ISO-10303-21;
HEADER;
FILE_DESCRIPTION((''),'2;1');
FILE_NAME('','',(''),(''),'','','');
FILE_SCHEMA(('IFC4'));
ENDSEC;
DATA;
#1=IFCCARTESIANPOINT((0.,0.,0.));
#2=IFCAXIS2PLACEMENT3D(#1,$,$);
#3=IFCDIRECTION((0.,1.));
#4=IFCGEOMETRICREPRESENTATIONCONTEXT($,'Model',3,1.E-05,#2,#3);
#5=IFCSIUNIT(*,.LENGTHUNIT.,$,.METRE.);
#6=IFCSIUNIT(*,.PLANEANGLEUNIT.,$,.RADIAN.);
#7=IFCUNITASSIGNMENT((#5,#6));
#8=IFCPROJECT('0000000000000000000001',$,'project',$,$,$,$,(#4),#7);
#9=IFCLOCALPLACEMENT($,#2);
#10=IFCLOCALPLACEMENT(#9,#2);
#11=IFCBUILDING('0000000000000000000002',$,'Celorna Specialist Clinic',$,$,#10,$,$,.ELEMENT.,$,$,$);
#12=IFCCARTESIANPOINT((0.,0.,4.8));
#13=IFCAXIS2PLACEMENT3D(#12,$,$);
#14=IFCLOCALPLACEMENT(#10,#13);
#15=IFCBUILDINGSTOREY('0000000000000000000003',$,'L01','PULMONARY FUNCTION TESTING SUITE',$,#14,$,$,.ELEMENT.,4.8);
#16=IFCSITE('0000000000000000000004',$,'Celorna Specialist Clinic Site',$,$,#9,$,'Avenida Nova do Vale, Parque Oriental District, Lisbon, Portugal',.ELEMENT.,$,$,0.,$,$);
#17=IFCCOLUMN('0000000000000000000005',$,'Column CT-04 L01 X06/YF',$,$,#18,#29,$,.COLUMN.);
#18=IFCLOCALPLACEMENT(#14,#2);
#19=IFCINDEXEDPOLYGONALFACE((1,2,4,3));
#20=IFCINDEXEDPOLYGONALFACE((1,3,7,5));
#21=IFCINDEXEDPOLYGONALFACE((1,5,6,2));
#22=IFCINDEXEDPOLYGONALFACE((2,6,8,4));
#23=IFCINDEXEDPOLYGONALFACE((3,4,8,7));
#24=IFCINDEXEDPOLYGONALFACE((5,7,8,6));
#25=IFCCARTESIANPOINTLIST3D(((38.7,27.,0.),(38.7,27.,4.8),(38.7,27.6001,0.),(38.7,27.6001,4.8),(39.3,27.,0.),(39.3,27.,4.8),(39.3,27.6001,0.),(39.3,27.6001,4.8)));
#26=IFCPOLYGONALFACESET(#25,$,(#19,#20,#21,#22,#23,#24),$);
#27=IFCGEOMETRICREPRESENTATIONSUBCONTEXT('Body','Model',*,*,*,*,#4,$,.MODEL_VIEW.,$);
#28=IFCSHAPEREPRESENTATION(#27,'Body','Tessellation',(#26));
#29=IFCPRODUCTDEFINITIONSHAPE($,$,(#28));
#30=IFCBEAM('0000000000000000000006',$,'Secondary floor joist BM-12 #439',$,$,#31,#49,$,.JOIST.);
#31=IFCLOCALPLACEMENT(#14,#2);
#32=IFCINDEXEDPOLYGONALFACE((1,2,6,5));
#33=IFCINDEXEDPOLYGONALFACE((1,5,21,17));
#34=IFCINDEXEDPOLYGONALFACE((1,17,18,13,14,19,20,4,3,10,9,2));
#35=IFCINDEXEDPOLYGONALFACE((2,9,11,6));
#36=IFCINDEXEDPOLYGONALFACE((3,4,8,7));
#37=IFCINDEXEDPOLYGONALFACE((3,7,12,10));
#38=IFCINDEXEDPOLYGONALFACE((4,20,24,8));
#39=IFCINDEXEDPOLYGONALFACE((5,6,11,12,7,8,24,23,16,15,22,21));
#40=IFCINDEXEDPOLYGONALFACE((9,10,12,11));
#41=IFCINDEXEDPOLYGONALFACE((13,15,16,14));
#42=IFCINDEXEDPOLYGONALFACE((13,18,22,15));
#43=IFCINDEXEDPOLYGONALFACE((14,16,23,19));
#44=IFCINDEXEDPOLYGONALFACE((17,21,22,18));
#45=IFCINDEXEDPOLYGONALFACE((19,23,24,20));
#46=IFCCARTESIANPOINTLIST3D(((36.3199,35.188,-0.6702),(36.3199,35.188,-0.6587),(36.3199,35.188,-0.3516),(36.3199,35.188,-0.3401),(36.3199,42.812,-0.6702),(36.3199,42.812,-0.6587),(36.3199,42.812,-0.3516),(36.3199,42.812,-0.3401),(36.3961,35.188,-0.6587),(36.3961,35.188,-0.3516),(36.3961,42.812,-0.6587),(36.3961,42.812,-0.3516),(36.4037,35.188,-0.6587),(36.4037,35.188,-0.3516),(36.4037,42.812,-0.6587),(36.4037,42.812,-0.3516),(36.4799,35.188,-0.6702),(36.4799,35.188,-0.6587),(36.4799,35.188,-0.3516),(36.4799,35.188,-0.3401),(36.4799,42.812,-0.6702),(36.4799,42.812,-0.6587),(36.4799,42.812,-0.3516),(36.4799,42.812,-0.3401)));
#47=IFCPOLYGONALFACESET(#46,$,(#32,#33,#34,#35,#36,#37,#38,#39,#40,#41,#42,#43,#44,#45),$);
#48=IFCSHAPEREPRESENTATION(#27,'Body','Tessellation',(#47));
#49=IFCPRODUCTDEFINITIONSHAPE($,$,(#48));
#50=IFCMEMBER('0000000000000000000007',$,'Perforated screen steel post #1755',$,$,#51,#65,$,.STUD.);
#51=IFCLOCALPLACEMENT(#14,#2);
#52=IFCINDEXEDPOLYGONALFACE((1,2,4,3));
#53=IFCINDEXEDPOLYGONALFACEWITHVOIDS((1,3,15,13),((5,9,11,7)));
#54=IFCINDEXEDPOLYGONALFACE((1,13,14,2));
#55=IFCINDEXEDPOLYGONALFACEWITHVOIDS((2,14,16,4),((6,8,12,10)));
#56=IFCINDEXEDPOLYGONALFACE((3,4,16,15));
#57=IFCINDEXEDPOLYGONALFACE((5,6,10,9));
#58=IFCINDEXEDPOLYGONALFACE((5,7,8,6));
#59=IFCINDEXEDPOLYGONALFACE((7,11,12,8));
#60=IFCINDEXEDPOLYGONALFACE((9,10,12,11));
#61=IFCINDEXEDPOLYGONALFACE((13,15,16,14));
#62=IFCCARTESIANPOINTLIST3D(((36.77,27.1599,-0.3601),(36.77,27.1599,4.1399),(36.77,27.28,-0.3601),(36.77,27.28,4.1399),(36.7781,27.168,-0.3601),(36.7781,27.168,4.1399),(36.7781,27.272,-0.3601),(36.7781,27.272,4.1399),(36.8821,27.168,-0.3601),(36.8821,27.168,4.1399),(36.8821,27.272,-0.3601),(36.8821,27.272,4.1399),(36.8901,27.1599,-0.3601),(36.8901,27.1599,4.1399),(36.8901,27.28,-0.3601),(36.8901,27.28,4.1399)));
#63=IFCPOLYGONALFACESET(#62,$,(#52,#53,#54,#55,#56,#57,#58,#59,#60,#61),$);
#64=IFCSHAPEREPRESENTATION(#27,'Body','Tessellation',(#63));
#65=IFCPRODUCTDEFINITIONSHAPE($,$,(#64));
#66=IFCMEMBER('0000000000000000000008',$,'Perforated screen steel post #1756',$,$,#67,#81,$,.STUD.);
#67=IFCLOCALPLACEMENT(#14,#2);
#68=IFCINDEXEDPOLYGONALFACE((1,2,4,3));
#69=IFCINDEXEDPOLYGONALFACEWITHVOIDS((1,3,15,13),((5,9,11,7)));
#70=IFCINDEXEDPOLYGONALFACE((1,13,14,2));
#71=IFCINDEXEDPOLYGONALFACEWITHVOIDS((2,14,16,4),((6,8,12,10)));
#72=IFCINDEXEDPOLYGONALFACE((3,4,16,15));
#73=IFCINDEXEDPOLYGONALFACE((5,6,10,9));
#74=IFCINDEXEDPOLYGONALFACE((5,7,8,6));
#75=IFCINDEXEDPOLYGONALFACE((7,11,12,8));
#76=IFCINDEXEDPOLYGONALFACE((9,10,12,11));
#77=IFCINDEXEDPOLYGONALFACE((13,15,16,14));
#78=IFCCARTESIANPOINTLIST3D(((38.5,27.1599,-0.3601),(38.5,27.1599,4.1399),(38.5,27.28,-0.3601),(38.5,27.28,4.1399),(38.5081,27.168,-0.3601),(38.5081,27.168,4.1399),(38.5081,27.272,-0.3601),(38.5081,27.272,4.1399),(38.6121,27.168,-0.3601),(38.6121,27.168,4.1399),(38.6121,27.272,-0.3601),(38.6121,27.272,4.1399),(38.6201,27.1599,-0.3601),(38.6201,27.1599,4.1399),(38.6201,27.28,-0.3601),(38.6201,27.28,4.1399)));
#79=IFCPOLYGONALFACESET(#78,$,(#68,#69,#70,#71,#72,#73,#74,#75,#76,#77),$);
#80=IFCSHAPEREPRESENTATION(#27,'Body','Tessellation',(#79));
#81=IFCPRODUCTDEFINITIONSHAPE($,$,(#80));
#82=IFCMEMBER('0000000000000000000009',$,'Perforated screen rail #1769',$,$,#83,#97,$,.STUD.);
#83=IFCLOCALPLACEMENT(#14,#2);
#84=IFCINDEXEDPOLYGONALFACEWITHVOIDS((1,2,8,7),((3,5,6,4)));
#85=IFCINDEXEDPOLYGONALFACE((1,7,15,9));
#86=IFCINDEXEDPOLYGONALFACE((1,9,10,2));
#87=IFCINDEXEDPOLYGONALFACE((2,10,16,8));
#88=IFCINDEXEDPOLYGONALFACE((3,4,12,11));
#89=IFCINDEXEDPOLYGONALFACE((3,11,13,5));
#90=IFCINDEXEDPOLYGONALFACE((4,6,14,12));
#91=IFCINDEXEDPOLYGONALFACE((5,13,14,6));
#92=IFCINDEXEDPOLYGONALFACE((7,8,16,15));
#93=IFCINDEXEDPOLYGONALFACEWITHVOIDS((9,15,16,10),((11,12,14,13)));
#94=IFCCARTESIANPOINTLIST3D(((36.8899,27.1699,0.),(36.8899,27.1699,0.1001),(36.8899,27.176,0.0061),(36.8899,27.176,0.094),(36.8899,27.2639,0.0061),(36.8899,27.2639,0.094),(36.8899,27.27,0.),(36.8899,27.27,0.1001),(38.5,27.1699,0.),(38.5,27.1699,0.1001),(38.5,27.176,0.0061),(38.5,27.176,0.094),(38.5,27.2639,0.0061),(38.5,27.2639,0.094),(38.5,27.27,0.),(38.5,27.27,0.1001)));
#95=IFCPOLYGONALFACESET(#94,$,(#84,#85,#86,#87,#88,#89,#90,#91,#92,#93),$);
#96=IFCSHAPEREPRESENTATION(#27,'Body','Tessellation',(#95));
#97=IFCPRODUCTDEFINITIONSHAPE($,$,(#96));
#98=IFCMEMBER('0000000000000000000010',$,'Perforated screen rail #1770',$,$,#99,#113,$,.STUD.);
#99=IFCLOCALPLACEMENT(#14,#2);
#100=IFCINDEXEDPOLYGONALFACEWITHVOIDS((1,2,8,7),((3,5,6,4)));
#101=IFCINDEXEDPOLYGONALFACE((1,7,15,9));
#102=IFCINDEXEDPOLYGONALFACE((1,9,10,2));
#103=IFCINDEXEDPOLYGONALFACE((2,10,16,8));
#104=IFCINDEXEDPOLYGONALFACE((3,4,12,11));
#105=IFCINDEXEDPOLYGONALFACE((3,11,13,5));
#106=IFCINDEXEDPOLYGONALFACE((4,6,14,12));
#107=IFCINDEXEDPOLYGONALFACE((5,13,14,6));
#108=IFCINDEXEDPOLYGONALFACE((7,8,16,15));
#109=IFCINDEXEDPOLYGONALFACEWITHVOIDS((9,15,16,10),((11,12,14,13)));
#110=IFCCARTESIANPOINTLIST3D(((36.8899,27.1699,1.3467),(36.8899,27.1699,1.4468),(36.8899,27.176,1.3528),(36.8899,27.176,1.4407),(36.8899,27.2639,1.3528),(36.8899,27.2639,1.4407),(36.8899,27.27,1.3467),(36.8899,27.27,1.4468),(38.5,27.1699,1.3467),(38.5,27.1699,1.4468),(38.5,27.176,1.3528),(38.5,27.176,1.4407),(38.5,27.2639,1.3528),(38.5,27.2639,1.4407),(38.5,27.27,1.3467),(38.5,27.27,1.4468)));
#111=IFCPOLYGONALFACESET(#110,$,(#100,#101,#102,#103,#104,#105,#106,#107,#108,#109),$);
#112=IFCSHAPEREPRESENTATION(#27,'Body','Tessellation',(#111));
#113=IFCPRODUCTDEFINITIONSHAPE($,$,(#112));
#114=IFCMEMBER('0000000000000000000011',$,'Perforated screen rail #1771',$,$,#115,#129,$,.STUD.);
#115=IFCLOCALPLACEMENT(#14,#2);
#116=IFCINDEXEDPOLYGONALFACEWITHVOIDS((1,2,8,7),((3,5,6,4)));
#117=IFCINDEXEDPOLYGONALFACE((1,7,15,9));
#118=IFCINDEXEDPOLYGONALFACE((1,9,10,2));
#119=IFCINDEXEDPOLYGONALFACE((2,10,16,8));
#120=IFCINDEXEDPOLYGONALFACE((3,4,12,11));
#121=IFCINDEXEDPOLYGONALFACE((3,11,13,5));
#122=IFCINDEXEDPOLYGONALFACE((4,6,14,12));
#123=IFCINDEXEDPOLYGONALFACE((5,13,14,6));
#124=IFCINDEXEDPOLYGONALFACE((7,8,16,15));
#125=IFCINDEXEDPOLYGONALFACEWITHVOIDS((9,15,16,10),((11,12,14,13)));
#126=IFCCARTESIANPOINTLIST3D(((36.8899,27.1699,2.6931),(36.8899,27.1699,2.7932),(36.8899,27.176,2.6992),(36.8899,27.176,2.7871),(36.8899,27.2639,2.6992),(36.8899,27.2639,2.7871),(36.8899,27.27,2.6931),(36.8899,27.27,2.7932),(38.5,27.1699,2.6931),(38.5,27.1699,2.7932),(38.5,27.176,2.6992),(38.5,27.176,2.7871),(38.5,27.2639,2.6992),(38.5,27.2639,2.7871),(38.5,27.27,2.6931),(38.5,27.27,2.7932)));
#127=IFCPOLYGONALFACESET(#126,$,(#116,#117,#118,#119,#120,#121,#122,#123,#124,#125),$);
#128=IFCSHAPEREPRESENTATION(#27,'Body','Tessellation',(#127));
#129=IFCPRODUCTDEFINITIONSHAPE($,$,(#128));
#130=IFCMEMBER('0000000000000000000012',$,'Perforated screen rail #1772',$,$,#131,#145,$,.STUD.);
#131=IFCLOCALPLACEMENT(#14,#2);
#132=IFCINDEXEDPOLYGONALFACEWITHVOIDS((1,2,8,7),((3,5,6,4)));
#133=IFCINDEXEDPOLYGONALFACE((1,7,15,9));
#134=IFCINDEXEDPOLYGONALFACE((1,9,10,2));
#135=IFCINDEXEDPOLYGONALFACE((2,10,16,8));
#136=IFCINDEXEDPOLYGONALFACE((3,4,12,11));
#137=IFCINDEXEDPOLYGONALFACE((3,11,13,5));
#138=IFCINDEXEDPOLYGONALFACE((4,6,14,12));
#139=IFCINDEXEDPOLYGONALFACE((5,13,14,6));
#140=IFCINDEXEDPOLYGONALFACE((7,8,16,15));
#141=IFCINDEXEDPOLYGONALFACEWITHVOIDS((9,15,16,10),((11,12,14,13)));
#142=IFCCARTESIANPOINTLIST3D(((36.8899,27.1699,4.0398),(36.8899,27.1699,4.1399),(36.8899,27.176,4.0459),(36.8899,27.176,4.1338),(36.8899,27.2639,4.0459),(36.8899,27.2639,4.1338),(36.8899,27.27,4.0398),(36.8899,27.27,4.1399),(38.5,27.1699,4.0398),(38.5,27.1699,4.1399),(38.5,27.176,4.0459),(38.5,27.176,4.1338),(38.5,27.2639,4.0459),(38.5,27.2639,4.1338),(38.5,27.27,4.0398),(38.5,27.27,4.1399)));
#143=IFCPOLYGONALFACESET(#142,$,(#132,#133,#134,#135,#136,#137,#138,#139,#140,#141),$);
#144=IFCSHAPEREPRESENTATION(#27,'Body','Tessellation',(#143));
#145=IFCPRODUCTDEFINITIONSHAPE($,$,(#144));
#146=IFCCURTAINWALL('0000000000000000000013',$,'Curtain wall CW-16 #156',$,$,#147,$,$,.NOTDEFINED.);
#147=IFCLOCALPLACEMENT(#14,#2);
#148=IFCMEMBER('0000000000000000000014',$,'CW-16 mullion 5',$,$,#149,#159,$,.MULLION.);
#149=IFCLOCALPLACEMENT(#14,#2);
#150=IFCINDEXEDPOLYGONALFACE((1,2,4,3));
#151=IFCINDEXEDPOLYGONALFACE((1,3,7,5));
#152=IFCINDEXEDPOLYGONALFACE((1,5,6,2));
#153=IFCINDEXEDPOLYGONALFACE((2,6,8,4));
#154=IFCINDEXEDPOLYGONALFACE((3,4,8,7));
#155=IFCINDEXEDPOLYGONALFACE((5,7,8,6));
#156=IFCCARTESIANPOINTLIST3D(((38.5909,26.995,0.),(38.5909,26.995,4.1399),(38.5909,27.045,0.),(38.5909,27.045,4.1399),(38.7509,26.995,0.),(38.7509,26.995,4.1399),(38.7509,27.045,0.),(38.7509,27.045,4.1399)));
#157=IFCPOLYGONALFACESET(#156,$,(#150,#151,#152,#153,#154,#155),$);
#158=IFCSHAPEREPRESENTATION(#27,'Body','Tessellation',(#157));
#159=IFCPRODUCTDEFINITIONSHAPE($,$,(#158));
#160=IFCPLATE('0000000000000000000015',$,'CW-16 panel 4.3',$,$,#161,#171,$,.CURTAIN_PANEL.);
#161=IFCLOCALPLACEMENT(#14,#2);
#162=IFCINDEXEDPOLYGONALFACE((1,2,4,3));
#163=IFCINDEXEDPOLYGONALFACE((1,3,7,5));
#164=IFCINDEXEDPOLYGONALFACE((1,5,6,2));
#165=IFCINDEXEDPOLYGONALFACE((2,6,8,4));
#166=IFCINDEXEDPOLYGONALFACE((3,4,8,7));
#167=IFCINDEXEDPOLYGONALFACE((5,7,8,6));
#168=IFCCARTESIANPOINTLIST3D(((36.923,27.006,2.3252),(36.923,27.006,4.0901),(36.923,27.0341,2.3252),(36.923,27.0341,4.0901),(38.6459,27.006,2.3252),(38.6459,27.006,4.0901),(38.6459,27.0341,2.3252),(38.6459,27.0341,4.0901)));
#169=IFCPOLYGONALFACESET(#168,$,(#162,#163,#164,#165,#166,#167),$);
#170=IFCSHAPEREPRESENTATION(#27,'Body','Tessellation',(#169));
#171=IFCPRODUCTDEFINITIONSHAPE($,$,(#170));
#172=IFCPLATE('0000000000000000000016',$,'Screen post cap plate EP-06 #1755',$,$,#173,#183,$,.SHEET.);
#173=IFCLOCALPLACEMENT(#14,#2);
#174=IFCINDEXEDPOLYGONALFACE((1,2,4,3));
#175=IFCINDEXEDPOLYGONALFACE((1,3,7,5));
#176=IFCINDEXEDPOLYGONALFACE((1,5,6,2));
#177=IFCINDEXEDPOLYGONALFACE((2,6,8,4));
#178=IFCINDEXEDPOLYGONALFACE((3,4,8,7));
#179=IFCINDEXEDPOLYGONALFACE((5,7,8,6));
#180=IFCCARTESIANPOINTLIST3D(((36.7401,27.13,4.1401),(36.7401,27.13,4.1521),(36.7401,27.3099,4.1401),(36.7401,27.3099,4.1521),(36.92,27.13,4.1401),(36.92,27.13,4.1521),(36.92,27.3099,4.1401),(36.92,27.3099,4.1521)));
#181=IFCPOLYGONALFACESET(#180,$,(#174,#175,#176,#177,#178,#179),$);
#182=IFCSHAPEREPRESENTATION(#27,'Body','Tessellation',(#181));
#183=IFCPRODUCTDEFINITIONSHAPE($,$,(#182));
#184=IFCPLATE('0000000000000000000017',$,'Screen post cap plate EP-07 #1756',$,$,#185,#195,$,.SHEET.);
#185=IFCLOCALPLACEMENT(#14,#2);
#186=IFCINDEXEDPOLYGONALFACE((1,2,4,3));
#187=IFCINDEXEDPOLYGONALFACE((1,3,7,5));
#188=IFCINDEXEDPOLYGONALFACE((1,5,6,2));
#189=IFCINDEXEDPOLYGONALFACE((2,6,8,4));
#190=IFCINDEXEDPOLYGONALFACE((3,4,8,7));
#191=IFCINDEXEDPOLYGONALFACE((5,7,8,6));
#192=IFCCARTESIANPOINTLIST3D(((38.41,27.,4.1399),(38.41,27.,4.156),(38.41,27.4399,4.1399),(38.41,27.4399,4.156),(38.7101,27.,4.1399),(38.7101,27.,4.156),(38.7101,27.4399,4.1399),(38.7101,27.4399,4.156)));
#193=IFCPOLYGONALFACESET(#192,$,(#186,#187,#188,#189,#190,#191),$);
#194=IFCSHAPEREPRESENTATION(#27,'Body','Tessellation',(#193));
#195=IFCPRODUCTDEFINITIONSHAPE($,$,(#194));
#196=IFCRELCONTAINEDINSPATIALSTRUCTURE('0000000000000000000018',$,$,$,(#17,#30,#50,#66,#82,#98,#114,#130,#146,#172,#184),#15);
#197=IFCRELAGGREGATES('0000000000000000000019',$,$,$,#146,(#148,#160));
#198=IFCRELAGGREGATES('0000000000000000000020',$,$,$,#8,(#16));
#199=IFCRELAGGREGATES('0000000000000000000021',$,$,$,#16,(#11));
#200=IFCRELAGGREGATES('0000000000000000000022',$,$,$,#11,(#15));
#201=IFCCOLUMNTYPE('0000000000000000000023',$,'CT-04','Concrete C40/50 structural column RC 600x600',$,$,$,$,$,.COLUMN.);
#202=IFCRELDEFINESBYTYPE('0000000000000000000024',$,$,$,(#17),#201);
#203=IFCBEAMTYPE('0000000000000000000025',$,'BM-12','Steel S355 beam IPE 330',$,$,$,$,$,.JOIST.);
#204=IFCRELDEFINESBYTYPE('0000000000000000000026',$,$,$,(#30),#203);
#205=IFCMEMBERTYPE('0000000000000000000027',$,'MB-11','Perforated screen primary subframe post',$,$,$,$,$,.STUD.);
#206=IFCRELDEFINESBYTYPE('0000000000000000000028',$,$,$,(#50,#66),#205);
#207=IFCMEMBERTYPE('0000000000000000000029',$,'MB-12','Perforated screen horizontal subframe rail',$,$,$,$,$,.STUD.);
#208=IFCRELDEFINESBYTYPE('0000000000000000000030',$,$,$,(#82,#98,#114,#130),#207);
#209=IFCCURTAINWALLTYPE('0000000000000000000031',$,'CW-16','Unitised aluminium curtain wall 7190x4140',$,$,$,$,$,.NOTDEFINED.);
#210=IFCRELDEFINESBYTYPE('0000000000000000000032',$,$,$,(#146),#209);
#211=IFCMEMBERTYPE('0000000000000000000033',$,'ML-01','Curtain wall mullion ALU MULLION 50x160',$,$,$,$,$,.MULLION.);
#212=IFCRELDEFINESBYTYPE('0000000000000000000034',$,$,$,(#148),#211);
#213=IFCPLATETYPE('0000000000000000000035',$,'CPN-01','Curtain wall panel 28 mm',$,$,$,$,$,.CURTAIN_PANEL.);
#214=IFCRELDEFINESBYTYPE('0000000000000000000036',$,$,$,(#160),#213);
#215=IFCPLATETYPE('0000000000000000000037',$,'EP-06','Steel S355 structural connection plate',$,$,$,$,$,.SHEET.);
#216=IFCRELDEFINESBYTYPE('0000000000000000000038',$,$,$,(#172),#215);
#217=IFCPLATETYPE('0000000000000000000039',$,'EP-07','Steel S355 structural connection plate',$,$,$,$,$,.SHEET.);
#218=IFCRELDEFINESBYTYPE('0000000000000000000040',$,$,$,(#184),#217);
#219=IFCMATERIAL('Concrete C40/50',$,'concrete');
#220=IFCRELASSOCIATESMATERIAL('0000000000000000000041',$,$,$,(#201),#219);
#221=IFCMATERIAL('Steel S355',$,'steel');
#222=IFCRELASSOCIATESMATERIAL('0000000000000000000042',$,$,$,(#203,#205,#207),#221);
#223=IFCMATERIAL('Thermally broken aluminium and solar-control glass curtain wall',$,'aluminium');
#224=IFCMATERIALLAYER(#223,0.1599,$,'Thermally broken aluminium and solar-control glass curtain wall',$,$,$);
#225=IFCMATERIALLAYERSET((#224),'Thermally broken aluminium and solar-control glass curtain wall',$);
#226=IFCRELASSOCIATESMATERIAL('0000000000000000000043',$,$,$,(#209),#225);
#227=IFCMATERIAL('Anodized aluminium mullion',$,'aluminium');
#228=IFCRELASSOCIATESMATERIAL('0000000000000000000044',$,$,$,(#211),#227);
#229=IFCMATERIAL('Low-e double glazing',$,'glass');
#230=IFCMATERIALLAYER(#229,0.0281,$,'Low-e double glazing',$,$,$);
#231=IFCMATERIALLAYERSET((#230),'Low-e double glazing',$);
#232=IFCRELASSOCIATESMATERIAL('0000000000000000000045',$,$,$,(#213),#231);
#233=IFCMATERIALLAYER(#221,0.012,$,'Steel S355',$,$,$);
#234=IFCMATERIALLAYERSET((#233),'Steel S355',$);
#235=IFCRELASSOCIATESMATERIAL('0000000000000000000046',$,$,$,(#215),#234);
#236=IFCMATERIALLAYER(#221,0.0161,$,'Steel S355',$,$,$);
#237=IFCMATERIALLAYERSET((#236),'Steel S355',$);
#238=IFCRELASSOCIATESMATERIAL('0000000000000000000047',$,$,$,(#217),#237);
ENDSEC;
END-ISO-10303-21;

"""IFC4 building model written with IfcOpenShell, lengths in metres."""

from ifc_helpers import new_model, si_unit, direction, frame, origin, origin_2d, place, context, subcontext, project, spatial, rectangle, hollow_rectangle, i_section, extrude, material, layer, layer_set, material_profile, profile_set, type_object, element, aggregate, save


model = new_model("IFC4")

# Units and contexts
model_context = context("Model", 3, precision=1e-05, world=origin(), true_north=direction((0.0, 1.0)))
body_context = subcontext(model_context, "Body", "Model", "MODEL_VIEW")
ifc_project = project(units=[si_unit("LENGTHUNIT", "METRE"), si_unit("PLANEANGLEUNIT", "RADIAN")], contexts=[model_context])

# Site, building, storey
site_placement = place(None, origin())
site = spatial("IfcSite", under=ifc_project, at=site_placement, Name="Celorna Specialist Clinic Site", LongName="Avenida Nova do Vale, Parque Oriental District, Lisbon, Portugal", CompositionType="ELEMENT", RefElevation=0.0)
building_placement = place(site_placement, origin())
building = spatial("IfcBuilding", under=site, at=building_placement, Name="Celorna Specialist Clinic", CompositionType="ELEMENT")
storey_placement = place(building_placement, frame((0.0, 0.0, 4.8)))
storey = spatial("IfcBuildingStorey", under=building, at=storey_placement, Name="L01", Description="PULMONARY FUNCTION TESTING SUITE", CompositionType="ELEMENT", Elevation=4.8)

# Column
ifc_material_1 = material(Name="Concrete C40/50", Category="concrete")
ifc_material_profile_1 = material_profile(ifc_material_1, rectangle(XDim=0.6001, YDim=0.6001, at=origin_2d()), Name="RC 600x600")
ifc_profile_set_1 = profile_set([ifc_material_profile_1], Name="Concrete C40/50")
column_type = type_object("IfcColumnType", Name="CT-04", Description="Concrete C40/50 structural column RC 600x600", PredefinedType="COLUMN", material=ifc_profile_set_1)
column_placement = place(storey_placement, frame((39.0, 27.3, 0.0), z_axis=(0.0, 0.0, 1.0), x_axis=(1.0, 0.0, 0.0)))
element("IfcColumn", 1, at=column_placement, inside=storey, type_object=column_type, Name="Column CT-04 L01 X06/YF", PredefinedType="COLUMN", context=body_context, shape_type="SweptSolid", body=[
    extrude(rectangle(XDim=0.6001, YDim=0.6001, at=origin_2d()), origin(), (0.0, 0.0, 1.0), 4.8),
])

# Beam
ifc_material_2 = material(Name="Steel S355", Category="steel")
ifc_material_profile_2 = material_profile(ifc_material_2, i_section(OverallWidth=0.1599, OverallDepth=0.3301, WebThickness=0.0076, FlangeThickness=0.0115, at=origin_2d()), Name="IPE 330")
ifc_profile_set_2 = profile_set([ifc_material_profile_2], Name="Steel S355")
beam_type = type_object("IfcBeamType", Name="BM-12", Description="Steel S355 beam IPE 330", PredefinedType="JOIST", material=ifc_profile_set_2)
beam_placement = place(storey_placement, frame((36.3999, 35.188, -0.5051), z_axis=(0.0, 1.0, 0.0), x_axis=(-1.0, 0.0, 0.0)))
element("IfcBeam", 2, at=beam_placement, inside=storey, type_object=beam_type, Name="Secondary floor joist BM-12 #439", PredefinedType="JOIST", context=body_context, shape_type="SweptSolid", body=[
    extrude(i_section(OverallWidth=0.1599, OverallDepth=0.3301, WebThickness=0.0076, FlangeThickness=0.0115, at=origin_2d()), origin(), (0.0, 0.0, 1.0), 7.624),
])

# Members
ifc_material_profile_3 = material_profile(ifc_material_2, hollow_rectangle(XDim=0.1201, YDim=0.1201, WallThickness=0.0081, at=origin_2d()), Name="SHS 120x120x8")
ifc_profile_set_3 = profile_set([ifc_material_profile_3], Name="Steel S355")
member_type_1 = type_object("IfcMemberType", Name="MB-11", Description="Perforated screen primary subframe post", PredefinedType="STUD", material=ifc_profile_set_3)
for number, where, z_axis, x_axis, name in (
    (3, (36.8301, 27.22, -0.3601), (0.0, 0.0, 1.0), (1.0, 0.0, 0.0), "Perforated screen steel post #1755"),
    (4, (38.5601, 27.22, -0.3601), (0.0, 0.0, 1.0), (1.0, 0.0, 0.0), "Perforated screen steel post #1756"),
):
    element("IfcMember", number, at=place(storey_placement, frame(where, z_axis=z_axis, x_axis=x_axis)), inside=storey, type_object=member_type_1, Name=name, PredefinedType="STUD", context=body_context, shape_type="SweptSolid", body=[
        extrude(hollow_rectangle(XDim=0.1201, YDim=0.1201, WallThickness=0.0081, at=origin_2d()), origin(), (0.0, 0.0, 1.0), 4.5),
    ])
ifc_material_profile_4 = material_profile(ifc_material_2, hollow_rectangle(XDim=0.1001, YDim=0.1001, WallThickness=0.0061, at=origin_2d()), Name="SHS 100x100x6")
ifc_profile_set_4 = profile_set([ifc_material_profile_4], Name="Steel S355")
member_type_2 = type_object("IfcMemberType", Name="MB-12", Description="Perforated screen horizontal subframe rail", PredefinedType="STUD", material=ifc_profile_set_4)
for number, where, z_axis, x_axis, name in (
    (5, (36.8899, 27.22, 0.05), (1.0, 0.0, 0.0), (0.0, 1.0, 0.0), "Perforated screen rail #1769"),
    (6, (36.8899, 27.22, 1.3967), (1.0, 0.0, 0.0), (0.0, 1.0, 0.0), "Perforated screen rail #1770"),
    (7, (36.8899, 27.22, 2.7432), (1.0, 0.0, 0.0), (0.0, 1.0, 0.0), "Perforated screen rail #1771"),
    (8, (36.8899, 27.22, 4.0898), (1.0, 0.0, 0.0), (0.0, 1.0, 0.0), "Perforated screen rail #1772"),
):
    element("IfcMember", number, at=place(storey_placement, frame(where, z_axis=z_axis, x_axis=x_axis)), inside=storey, type_object=member_type_2, Name=name, PredefinedType="STUD", context=body_context, shape_type="SweptSolid", body=[
        extrude(hollow_rectangle(XDim=0.1001, YDim=0.1001, WallThickness=0.0061, at=origin_2d()), origin(), (0.0, 0.0, 1.0), 1.6101),
    ])

# Curtain wall, member, plate
ifc_material_3 = material(Name="Thermally broken aluminium and solar-control glass curtain wall", Category="aluminium")
ifc_layer_1 = layer(ifc_material_3, 0.1599, Name="Thermally broken aluminium and solar-control glass curtain wall")
ifc_layer_set_1 = layer_set([ifc_layer_1], Name="Thermally broken aluminium and solar-control glass curtain wall")
curtain_wall_type = type_object("IfcCurtainWallType", Name="CW-16", Description="Unitised aluminium curtain wall 7190x4140", PredefinedType="NOTDEFINED", material=ifc_layer_set_1)
curtain_wall_placement = place(storey_placement, origin())
curtain_wall = element("IfcCurtainWall", 9, at=curtain_wall_placement, inside=storey, type_object=curtain_wall_type, Name="Curtain wall CW-16 #156", PredefinedType="NOTDEFINED")
ifc_material_4 = material(Name="Anodized aluminium mullion", Category="aluminium")
ifc_material_profile_5 = material_profile(ifc_material_4, rectangle(XDim=0.05, YDim=0.1599, at=origin_2d()), Name="ALU MULLION 50x160")
ifc_profile_set_5 = profile_set([ifc_material_profile_5], Name="Anodized aluminium mullion")
member_type_3 = type_object("IfcMemberType", Name="ML-01", Description="Curtain wall mullion ALU MULLION 50x160", PredefinedType="MULLION", material=ifc_profile_set_5)
member_placement = place(storey_placement, frame((38.6709, 27.02, 0.0), z_axis=(0.0, 0.0, 1.0), x_axis=(0.0, 1.0, 0.0)))
member = element("IfcMember", 10, at=member_placement, type_object=member_type_3, Name="CW-16 mullion 5", PredefinedType="MULLION", context=body_context, shape_type="SweptSolid", body=[
    extrude(rectangle(XDim=0.05, YDim=0.1599, at=origin_2d()), origin(), (0.0, 0.0, 1.0), 4.1399),
])
ifc_material_5 = material(Name="Low-e double glazing", Category="glass")
ifc_layer_2 = layer(ifc_material_5, 0.0281, Name="Low-e double glazing")
ifc_layer_set_2 = layer_set([ifc_layer_2], Name="Low-e double glazing")
plate_type_1 = type_object("IfcPlateType", Name="CPN-01", Description="Curtain wall panel 28 mm", PredefinedType="CURTAIN_PANEL", material=ifc_layer_set_2)
plate_1_placement = place(storey_placement, frame((37.7844, 27.02, 2.3252), z_axis=(0.0, 0.0, 1.0), x_axis=(1.0, 0.0, 0.0)))
plate_1 = element("IfcPlate", 11, at=plate_1_placement, type_object=plate_type_1, Name="CW-16 panel 4.3", PredefinedType="CURTAIN_PANEL", context=body_context, shape_type="SweptSolid", body=[
    extrude(rectangle(XDim=1.7229, YDim=0.0281, at=origin_2d()), origin(), (0.0, 0.0, 1.0), 1.7649),
])
aggregate(curtain_wall, [member, plate_1])

# Plates
ifc_layer_3 = layer(ifc_material_2, 0.012, Name="Steel S355")
ifc_layer_set_3 = layer_set([ifc_layer_3], Name="Steel S355")
plate_type_2 = type_object("IfcPlateType", Name="EP-06", Description="Steel S355 structural connection plate", PredefinedType="SHEET", material=ifc_layer_set_3)
plate_2_placement = place(storey_placement, frame((36.8301, 27.22, 4.1401), z_axis=(0.0, 0.0, 1.0), x_axis=(1.0, 0.0, 0.0)))
element("IfcPlate", 12, at=plate_2_placement, inside=storey, type_object=plate_type_2, Name="Screen post cap plate EP-06 #1755", PredefinedType="SHEET", context=body_context, shape_type="SweptSolid", body=[
    extrude(rectangle(XDim=0.1799, YDim=0.1799, at=origin_2d()), origin(), (0.0, 0.0, 1.0), 0.012),
])
ifc_layer_4 = layer(ifc_material_2, 0.0161, Name="Steel S355")
ifc_layer_set_4 = layer_set([ifc_layer_4], Name="Steel S355")
plate_type_3 = type_object("IfcPlateType", Name="EP-07", Description="Steel S355 structural connection plate", PredefinedType="SHEET", material=ifc_layer_set_4)
plate_3_placement = place(storey_placement, frame((38.5601, 27.22, 4.1399), z_axis=(0.0, 0.0, 1.0), x_axis=(1.0, 0.0, 0.0)))
element("IfcPlate", 13, at=plate_3_placement, inside=storey, type_object=plate_type_3, Name="Screen post cap plate EP-07 #1756", PredefinedType="SHEET", context=body_context, shape_type="SweptSolid", body=[
    extrude(rectangle(XDim=0.3, YDim=0.4399, at=origin_2d()), origin(), (0.0, 0.0, 1.0), 0.0161),
])

save(model, "model.ifc")
